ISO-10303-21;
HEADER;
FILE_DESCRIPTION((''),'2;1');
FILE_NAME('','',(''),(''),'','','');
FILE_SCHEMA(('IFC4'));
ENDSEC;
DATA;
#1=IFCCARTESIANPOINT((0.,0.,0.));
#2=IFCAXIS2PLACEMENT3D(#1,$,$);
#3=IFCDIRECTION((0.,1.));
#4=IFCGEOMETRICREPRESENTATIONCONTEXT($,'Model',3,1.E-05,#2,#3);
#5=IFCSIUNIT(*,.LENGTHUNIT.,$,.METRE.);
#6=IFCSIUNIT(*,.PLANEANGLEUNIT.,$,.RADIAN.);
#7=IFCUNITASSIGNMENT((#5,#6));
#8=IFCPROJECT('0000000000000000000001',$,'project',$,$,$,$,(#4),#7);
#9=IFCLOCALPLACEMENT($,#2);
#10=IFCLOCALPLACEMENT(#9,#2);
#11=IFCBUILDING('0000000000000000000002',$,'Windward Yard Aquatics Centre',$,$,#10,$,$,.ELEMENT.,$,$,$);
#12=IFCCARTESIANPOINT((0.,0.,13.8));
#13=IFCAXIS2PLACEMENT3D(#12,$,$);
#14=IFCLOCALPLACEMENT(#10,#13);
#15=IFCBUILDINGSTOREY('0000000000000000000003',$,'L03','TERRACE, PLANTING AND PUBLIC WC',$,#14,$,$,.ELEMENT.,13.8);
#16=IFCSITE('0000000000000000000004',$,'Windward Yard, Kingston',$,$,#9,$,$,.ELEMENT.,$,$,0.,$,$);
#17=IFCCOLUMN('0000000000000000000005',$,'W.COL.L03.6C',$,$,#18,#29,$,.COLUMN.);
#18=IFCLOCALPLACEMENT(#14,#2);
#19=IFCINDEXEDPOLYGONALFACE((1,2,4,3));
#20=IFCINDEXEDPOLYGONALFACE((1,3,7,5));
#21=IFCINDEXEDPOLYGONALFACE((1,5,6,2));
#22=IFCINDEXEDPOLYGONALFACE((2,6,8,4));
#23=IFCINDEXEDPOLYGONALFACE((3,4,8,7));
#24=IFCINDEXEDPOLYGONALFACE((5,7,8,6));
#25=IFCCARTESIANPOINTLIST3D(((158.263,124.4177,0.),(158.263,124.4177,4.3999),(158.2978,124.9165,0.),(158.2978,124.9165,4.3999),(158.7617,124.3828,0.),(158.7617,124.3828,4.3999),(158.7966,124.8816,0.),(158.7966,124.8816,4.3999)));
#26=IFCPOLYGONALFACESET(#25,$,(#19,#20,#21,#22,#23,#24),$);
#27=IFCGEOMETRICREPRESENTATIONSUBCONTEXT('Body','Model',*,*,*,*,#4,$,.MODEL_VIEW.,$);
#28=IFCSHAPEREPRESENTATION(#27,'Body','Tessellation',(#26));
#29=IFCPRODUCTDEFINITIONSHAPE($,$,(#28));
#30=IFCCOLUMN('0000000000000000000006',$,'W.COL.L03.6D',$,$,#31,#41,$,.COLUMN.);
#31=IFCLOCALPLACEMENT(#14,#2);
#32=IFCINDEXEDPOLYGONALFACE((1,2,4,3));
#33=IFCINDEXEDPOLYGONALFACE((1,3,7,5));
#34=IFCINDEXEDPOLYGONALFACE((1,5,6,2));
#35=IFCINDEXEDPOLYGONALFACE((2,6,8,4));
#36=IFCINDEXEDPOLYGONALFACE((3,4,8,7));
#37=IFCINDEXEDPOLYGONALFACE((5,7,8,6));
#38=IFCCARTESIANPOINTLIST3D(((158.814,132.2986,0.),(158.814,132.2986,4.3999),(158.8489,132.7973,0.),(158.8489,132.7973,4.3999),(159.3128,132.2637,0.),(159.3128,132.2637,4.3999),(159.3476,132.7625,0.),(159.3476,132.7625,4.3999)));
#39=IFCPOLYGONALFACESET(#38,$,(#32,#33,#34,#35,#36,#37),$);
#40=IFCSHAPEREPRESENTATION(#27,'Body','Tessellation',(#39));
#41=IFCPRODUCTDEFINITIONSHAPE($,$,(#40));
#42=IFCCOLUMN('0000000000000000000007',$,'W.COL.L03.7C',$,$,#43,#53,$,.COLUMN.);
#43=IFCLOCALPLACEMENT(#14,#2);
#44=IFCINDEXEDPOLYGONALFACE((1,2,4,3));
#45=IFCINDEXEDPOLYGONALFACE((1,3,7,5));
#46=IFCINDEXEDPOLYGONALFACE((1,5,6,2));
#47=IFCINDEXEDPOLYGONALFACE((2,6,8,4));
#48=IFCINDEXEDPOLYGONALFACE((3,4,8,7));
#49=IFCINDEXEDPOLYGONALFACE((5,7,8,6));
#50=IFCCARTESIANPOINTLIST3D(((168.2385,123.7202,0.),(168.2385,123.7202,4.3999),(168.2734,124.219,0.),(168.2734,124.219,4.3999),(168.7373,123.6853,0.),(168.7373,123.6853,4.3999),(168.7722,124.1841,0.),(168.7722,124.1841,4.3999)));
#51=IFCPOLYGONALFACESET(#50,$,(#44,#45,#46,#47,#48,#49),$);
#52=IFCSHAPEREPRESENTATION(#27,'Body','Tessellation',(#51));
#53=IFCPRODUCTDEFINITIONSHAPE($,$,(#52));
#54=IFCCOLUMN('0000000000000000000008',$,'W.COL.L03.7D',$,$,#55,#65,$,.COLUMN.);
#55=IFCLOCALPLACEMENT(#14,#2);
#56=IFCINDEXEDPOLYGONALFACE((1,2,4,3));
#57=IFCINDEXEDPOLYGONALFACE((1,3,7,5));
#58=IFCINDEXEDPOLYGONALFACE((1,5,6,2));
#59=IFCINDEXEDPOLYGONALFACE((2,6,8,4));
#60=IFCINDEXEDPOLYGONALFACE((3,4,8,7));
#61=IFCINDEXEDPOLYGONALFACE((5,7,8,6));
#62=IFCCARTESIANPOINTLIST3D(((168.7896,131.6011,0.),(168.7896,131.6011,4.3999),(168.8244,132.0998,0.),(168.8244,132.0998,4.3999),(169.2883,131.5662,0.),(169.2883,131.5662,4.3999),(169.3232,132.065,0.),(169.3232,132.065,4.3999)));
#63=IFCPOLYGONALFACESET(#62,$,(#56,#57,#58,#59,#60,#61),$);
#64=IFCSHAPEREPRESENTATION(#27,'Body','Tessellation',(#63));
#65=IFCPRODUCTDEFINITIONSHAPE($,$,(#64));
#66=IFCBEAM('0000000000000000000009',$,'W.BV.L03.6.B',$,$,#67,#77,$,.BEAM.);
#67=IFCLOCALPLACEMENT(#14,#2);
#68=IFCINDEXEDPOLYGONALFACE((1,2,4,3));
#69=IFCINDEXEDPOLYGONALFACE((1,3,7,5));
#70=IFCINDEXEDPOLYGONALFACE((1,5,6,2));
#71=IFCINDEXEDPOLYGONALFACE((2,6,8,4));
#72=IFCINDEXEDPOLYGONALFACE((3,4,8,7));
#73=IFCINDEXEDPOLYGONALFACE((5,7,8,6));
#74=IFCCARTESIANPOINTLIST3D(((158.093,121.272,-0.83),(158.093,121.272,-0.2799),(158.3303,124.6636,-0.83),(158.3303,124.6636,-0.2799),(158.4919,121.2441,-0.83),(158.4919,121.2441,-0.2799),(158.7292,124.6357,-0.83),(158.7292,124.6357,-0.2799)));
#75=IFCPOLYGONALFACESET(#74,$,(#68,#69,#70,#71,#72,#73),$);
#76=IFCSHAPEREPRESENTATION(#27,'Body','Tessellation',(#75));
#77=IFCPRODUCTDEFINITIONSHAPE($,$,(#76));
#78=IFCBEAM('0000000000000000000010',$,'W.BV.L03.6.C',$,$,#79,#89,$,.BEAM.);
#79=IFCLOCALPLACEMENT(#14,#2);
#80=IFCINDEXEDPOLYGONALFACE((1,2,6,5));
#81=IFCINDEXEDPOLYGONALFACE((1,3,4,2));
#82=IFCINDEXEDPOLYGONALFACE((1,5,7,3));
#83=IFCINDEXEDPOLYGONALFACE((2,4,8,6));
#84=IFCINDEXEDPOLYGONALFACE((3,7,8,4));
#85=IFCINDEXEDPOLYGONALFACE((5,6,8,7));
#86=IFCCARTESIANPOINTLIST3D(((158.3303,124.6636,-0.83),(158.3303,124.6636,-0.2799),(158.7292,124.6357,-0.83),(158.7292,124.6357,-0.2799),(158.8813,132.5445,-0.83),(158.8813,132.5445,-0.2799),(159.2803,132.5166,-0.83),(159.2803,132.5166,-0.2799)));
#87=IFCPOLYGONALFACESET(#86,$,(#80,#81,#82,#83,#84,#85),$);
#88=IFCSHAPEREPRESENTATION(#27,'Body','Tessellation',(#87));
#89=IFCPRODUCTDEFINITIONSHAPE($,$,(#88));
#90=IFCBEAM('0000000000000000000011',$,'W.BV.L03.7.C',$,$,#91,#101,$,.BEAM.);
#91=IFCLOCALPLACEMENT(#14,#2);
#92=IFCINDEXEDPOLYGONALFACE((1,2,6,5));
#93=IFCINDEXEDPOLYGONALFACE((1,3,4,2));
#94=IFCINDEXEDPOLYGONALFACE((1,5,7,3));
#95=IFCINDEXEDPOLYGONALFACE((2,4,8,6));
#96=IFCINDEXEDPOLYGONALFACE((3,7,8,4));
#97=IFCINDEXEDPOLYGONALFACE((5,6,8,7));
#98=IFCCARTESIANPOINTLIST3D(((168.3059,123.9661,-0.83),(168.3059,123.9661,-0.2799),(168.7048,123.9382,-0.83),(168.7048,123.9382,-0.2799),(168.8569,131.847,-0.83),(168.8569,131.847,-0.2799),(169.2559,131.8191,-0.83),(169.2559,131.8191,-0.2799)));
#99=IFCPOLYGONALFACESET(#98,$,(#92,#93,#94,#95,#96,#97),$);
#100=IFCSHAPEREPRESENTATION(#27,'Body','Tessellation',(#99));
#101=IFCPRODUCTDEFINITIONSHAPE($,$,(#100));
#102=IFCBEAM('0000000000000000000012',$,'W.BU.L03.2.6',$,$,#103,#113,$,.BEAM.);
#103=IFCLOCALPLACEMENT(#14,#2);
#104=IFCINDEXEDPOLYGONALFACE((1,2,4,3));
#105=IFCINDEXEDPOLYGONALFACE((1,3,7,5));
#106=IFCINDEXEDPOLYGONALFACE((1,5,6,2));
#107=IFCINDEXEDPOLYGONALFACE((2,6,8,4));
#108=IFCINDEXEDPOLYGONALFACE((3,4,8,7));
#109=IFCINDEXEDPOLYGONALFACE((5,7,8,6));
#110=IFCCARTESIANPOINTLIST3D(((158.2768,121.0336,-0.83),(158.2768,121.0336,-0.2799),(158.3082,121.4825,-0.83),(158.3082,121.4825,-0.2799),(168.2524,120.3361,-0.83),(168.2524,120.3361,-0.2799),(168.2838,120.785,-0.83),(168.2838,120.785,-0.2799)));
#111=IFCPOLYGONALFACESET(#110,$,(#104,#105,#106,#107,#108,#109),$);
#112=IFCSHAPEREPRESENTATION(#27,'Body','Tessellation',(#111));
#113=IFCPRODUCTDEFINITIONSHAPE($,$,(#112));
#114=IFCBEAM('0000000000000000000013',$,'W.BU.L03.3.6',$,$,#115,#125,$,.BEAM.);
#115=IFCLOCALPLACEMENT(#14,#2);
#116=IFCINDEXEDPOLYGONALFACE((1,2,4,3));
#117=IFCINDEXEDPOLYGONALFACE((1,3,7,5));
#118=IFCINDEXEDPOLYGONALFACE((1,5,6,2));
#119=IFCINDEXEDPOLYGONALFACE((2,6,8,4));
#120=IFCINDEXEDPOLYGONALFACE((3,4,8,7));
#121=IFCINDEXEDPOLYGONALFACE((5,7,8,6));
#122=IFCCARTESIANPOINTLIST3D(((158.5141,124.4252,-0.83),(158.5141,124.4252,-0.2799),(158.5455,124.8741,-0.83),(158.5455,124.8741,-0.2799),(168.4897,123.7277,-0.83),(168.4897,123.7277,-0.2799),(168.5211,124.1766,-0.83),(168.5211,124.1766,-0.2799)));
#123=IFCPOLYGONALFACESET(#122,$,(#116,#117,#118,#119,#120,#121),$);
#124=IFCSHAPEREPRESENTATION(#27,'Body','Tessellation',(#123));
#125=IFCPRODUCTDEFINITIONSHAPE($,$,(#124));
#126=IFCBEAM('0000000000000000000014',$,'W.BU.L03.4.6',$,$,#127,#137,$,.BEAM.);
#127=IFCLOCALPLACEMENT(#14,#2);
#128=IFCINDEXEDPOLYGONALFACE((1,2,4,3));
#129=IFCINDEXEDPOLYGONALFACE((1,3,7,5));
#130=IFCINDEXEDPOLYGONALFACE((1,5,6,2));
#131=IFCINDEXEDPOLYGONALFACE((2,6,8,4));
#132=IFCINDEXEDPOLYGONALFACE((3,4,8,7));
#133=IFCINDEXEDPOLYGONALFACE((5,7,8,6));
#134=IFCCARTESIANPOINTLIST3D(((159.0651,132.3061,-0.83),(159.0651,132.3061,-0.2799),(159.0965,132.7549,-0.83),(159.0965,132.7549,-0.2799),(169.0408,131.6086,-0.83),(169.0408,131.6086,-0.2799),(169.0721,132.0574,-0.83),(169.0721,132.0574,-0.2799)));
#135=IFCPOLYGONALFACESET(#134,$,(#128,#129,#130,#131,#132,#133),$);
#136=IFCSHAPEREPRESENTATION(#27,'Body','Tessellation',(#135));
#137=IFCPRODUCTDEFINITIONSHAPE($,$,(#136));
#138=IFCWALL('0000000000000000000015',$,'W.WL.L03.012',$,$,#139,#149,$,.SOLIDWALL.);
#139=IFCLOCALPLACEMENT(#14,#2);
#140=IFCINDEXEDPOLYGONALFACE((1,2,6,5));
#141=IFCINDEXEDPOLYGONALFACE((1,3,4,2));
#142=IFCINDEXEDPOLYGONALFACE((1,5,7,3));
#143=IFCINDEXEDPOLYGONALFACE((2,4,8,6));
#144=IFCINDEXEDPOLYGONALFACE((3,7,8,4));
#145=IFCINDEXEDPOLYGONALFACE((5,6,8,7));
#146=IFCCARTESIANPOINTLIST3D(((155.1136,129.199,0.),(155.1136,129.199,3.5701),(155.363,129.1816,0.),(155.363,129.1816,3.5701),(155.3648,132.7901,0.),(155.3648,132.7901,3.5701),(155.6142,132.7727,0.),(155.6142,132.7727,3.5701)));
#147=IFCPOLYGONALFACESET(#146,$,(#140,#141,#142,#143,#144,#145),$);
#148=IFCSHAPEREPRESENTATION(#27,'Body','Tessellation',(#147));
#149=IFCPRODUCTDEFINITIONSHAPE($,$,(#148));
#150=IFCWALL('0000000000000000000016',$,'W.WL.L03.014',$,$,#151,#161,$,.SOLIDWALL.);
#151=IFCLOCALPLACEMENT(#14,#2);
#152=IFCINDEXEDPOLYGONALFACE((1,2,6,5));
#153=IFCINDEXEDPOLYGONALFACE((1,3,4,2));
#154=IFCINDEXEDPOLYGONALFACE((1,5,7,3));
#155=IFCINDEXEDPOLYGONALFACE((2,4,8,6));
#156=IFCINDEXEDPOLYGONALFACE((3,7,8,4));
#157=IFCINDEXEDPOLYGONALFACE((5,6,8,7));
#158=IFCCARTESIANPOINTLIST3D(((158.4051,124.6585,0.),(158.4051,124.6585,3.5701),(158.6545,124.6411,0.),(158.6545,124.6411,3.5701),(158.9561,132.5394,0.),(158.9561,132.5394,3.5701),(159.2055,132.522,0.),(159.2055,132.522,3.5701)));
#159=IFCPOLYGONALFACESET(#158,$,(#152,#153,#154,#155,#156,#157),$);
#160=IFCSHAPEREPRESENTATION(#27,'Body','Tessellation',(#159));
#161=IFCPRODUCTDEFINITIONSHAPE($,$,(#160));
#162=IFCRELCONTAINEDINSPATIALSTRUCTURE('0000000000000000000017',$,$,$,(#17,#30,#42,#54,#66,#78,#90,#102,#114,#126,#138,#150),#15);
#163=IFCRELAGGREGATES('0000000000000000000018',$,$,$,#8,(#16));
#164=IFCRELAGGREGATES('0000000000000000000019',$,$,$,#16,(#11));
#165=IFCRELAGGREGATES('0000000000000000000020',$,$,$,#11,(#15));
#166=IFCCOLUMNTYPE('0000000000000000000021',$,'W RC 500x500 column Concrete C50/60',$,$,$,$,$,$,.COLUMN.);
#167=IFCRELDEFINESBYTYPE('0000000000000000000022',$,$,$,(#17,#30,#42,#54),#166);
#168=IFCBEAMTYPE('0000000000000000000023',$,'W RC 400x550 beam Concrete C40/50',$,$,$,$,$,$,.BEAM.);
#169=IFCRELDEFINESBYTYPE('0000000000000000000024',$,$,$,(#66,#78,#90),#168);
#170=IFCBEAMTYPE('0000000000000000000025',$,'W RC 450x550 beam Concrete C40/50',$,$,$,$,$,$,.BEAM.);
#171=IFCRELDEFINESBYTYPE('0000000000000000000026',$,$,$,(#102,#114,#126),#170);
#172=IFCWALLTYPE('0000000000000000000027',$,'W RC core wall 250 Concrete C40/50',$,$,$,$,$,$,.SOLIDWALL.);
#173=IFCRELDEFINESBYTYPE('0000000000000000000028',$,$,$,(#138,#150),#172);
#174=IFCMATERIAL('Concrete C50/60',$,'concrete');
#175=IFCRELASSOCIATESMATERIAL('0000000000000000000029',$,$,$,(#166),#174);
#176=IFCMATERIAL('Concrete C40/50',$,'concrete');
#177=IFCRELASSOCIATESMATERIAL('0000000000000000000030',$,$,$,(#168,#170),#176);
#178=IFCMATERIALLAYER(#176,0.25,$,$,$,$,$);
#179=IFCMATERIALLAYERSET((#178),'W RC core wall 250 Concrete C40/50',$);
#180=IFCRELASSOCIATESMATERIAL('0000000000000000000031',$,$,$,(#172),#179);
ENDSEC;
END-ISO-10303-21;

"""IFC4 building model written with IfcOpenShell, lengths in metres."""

from ifc_helpers import new_model, si_unit, direction, frame, frame_2d, origin, origin_2d, place, context, subcontext, project, spatial, rectangle, extrude, material, layer, layer_set, material_profile, profile_set, type_object, element, save


model = new_model("IFC4")

# Units and contexts
model_context = context("Model", 3, precision=1e-05, world=origin(), true_north=direction((0.0, 1.0)))
body_context = subcontext(model_context, "Body", "Model", "MODEL_VIEW")
ifc_project = project(units=[si_unit("LENGTHUNIT", "METRE"), si_unit("PLANEANGLEUNIT", "RADIAN")], contexts=[model_context])

# Site, building, storey
site_placement = place(None, origin())
site = spatial("IfcSite", under=ifc_project, at=site_placement, Name="Windward Yard, Kingston", CompositionType="ELEMENT", RefElevation=0.0)
building_placement = place(site_placement, origin())
building = spatial("IfcBuilding", under=site, at=building_placement, Name="Windward Yard Aquatics Centre", CompositionType="ELEMENT")
storey_placement = place(building_placement, frame((0.0, 0.0, 13.8)))
storey = spatial("IfcBuildingStorey", under=building, at=storey_placement, Name="L03", Description="TERRACE, PLANTING AND PUBLIC WC", CompositionType="ELEMENT", Elevation=13.8)

# Columns
ifc_material_1 = material(Name="Concrete C50/60", Category="concrete")
ifc_material_profile_1 = material_profile(ifc_material_1, rectangle(XDim=0.5, YDim=0.5, at=origin_2d()), Name="RC 500x500")
ifc_profile_set_1 = profile_set([ifc_material_profile_1], Name="Concrete C50/60")
column_type = type_object("IfcColumnType", Name="W RC 500x500 column Concrete C50/60", PredefinedType="COLUMN", material=ifc_profile_set_1)
for number, where, z_axis, x_axis, name in (
    (1, (158.5298, 124.6497, 0.0), (0.0, 0.0, 1.0), (0.997564, -0.069756, 0.0), "W.COL.L03.6C"),
    (2, (159.0808, 132.5305, 0.0), (0.0, 0.0, 1.0), (0.997564, -0.069756, 0.0), "W.COL.L03.6D"),
    (3, (168.5054, 123.9521, 0.0), (0.0, 0.0, 1.0), (0.997564, -0.069756, 0.0), "W.COL.L03.7C"),
    (4, (169.0564, 131.833, 0.0), (0.0, 0.0, 1.0), (0.997564, -0.069756, 0.0), "W.COL.L03.7D"),
):
    element("IfcColumn", number, at=place(storey_placement, frame(where, z_axis=z_axis, x_axis=x_axis)), inside=storey, type_object=column_type, Name=name, PredefinedType="COLUMN", context=body_context, shape_type="SweptSolid", body=[
        extrude(rectangle(XDim=0.5, YDim=0.5, at=origin_2d()), origin(), (0.0, 0.0, 1.0), 4.3999),
    ])

# Beams
ifc_material_2 = material(Name="Concrete C40/50", Category="concrete")
ifc_material_profile_2 = material_profile(ifc_material_2, rectangle(XDim=0.3999, YDim=0.55, at=origin_2d()), Name="RC 400x550")
ifc_profile_set_2 = profile_set([ifc_material_profile_2], Name="Concrete C40/50")
beam_type_1 = type_object("IfcBeamType", Name="W RC 400x550 beam Concrete C40/50", PredefinedType="BEAM", material=ifc_profile_set_2)
beam_placement = place(storey_placement, frame((158.2925, 121.2581, -0.5549), z_axis=(0.069798, 0.997561, 0.0), x_axis=(-0.997561, 0.069798, 0.0)))
element("IfcBeam", 5, at=beam_placement, inside=storey, type_object=beam_type_1, Name="W.BV.L03.6.B", PredefinedType="BEAM", context=body_context, shape_type="SweptSolid", body=[
    extrude(rectangle(XDim=0.3999, YDim=0.55, at=origin_2d()), origin(), (0.0, 0.0, 1.0), 3.3999),
])
for number, where, z_axis, x_axis, name in (
    (6, (158.5298, 124.6497, -0.5549), (0.069749, 0.997565, 0.0), (-0.997565, 0.069749, 0.0), "W.BV.L03.6.C"),
    (7, (168.5054, 123.9521, -0.5549), (0.069749, 0.997565, 0.0), (-0.997565, 0.069749, 0.0), "W.BV.L03.7.C"),
):
    element("IfcBeam", number, at=place(storey_placement, frame(where, z_axis=z_axis, x_axis=x_axis)), inside=storey, type_object=beam_type_1, Name=name, PredefinedType="BEAM", context=body_context, shape_type="SweptSolid", body=[
        extrude(rectangle(XDim=0.3999, YDim=0.55, at=origin_2d()), origin(), (0.0, 0.0, 1.0), 7.9001),
    ])
ifc_material_profile_3 = material_profile(ifc_material_2, rectangle(XDim=0.45, YDim=0.55, at=origin_2d()), Name="RC 450x550")
ifc_profile_set_3 = profile_set([ifc_material_profile_3], Name="Concrete C40/50")
beam_type_2 = type_object("IfcBeamType", Name="W RC 450x550 beam Concrete C40/50", PredefinedType="BEAM", material=ifc_profile_set_3)
for number, where, z_axis, x_axis, name in (
    (8, (158.2925, 121.2581, -0.5549), (0.997564, -0.069751, 0.0), (0.069751, 0.997564, 0.0), "W.BU.L03.2.6"),
    (9, (158.5298, 124.6497, -0.5549), (0.997564, -0.069751, 0.0), (0.069751, 0.997564, 0.0), "W.BU.L03.3.6"),
    (10, (159.0808, 132.5305, -0.5549), (0.997564, -0.069751, 0.0), (0.069751, 0.997564, 0.0), "W.BU.L03.4.6"),
):
    element("IfcBeam", number, at=place(storey_placement, frame(where, z_axis=z_axis, x_axis=x_axis)), inside=storey, type_object=beam_type_2, Name=name, PredefinedType="BEAM", context=body_context, shape_type="SweptSolid", body=[
        extrude(rectangle(XDim=0.45, YDim=0.55, at=origin_2d()), origin(), (0.0, 0.0, 1.0), 10.0),
    ])

# Walls
ifc_layer_1 = layer(ifc_material_2, 0.25)
ifc_layer_set_1 = layer_set([ifc_layer_1], Name="W RC core wall 250 Concrete C40/50")
wall_type_1 = type_object("IfcWallType", Name="W RC core wall 250 Concrete C40/50", PredefinedType="SOLIDWALL", material=ifc_layer_set_1)
wall_1_placement = place(storey_placement, frame((155.2383, 129.1904, 0.0), z_axis=(0.0, 0.0, 1.0), x_axis=(0.069787, 0.997562, 0.0)))
element("IfcWall", 11, at=wall_1_placement, inside=storey, type_object=wall_type_1, Name="W.WL.L03.012", PredefinedType="SOLIDWALL", context=body_context, shape_type="SweptSolid", body=[
    extrude(rectangle(XDim=3.5999, YDim=0.25, at=frame_2d((1.7998, 0.0))), origin(), (0.0, 0.0, 1.0), 3.5701),
])
wall_2_placement = place(storey_placement, frame((158.5298, 124.6497, 0.0), z_axis=(0.0, 0.0, 1.0), x_axis=(0.069749, 0.997565, 0.0)))
element("IfcWall", 12, at=wall_2_placement, inside=storey, type_object=wall_type_1, Name="W.WL.L03.014", PredefinedType="SOLIDWALL", context=body_context, shape_type="SweptSolid", body=[
    extrude(rectangle(XDim=7.9001, YDim=0.25, at=frame_2d((3.9502, 0.0))), origin(), (0.0, 0.0, 1.0), 3.5701),
])

save(model, "model.ifc")
